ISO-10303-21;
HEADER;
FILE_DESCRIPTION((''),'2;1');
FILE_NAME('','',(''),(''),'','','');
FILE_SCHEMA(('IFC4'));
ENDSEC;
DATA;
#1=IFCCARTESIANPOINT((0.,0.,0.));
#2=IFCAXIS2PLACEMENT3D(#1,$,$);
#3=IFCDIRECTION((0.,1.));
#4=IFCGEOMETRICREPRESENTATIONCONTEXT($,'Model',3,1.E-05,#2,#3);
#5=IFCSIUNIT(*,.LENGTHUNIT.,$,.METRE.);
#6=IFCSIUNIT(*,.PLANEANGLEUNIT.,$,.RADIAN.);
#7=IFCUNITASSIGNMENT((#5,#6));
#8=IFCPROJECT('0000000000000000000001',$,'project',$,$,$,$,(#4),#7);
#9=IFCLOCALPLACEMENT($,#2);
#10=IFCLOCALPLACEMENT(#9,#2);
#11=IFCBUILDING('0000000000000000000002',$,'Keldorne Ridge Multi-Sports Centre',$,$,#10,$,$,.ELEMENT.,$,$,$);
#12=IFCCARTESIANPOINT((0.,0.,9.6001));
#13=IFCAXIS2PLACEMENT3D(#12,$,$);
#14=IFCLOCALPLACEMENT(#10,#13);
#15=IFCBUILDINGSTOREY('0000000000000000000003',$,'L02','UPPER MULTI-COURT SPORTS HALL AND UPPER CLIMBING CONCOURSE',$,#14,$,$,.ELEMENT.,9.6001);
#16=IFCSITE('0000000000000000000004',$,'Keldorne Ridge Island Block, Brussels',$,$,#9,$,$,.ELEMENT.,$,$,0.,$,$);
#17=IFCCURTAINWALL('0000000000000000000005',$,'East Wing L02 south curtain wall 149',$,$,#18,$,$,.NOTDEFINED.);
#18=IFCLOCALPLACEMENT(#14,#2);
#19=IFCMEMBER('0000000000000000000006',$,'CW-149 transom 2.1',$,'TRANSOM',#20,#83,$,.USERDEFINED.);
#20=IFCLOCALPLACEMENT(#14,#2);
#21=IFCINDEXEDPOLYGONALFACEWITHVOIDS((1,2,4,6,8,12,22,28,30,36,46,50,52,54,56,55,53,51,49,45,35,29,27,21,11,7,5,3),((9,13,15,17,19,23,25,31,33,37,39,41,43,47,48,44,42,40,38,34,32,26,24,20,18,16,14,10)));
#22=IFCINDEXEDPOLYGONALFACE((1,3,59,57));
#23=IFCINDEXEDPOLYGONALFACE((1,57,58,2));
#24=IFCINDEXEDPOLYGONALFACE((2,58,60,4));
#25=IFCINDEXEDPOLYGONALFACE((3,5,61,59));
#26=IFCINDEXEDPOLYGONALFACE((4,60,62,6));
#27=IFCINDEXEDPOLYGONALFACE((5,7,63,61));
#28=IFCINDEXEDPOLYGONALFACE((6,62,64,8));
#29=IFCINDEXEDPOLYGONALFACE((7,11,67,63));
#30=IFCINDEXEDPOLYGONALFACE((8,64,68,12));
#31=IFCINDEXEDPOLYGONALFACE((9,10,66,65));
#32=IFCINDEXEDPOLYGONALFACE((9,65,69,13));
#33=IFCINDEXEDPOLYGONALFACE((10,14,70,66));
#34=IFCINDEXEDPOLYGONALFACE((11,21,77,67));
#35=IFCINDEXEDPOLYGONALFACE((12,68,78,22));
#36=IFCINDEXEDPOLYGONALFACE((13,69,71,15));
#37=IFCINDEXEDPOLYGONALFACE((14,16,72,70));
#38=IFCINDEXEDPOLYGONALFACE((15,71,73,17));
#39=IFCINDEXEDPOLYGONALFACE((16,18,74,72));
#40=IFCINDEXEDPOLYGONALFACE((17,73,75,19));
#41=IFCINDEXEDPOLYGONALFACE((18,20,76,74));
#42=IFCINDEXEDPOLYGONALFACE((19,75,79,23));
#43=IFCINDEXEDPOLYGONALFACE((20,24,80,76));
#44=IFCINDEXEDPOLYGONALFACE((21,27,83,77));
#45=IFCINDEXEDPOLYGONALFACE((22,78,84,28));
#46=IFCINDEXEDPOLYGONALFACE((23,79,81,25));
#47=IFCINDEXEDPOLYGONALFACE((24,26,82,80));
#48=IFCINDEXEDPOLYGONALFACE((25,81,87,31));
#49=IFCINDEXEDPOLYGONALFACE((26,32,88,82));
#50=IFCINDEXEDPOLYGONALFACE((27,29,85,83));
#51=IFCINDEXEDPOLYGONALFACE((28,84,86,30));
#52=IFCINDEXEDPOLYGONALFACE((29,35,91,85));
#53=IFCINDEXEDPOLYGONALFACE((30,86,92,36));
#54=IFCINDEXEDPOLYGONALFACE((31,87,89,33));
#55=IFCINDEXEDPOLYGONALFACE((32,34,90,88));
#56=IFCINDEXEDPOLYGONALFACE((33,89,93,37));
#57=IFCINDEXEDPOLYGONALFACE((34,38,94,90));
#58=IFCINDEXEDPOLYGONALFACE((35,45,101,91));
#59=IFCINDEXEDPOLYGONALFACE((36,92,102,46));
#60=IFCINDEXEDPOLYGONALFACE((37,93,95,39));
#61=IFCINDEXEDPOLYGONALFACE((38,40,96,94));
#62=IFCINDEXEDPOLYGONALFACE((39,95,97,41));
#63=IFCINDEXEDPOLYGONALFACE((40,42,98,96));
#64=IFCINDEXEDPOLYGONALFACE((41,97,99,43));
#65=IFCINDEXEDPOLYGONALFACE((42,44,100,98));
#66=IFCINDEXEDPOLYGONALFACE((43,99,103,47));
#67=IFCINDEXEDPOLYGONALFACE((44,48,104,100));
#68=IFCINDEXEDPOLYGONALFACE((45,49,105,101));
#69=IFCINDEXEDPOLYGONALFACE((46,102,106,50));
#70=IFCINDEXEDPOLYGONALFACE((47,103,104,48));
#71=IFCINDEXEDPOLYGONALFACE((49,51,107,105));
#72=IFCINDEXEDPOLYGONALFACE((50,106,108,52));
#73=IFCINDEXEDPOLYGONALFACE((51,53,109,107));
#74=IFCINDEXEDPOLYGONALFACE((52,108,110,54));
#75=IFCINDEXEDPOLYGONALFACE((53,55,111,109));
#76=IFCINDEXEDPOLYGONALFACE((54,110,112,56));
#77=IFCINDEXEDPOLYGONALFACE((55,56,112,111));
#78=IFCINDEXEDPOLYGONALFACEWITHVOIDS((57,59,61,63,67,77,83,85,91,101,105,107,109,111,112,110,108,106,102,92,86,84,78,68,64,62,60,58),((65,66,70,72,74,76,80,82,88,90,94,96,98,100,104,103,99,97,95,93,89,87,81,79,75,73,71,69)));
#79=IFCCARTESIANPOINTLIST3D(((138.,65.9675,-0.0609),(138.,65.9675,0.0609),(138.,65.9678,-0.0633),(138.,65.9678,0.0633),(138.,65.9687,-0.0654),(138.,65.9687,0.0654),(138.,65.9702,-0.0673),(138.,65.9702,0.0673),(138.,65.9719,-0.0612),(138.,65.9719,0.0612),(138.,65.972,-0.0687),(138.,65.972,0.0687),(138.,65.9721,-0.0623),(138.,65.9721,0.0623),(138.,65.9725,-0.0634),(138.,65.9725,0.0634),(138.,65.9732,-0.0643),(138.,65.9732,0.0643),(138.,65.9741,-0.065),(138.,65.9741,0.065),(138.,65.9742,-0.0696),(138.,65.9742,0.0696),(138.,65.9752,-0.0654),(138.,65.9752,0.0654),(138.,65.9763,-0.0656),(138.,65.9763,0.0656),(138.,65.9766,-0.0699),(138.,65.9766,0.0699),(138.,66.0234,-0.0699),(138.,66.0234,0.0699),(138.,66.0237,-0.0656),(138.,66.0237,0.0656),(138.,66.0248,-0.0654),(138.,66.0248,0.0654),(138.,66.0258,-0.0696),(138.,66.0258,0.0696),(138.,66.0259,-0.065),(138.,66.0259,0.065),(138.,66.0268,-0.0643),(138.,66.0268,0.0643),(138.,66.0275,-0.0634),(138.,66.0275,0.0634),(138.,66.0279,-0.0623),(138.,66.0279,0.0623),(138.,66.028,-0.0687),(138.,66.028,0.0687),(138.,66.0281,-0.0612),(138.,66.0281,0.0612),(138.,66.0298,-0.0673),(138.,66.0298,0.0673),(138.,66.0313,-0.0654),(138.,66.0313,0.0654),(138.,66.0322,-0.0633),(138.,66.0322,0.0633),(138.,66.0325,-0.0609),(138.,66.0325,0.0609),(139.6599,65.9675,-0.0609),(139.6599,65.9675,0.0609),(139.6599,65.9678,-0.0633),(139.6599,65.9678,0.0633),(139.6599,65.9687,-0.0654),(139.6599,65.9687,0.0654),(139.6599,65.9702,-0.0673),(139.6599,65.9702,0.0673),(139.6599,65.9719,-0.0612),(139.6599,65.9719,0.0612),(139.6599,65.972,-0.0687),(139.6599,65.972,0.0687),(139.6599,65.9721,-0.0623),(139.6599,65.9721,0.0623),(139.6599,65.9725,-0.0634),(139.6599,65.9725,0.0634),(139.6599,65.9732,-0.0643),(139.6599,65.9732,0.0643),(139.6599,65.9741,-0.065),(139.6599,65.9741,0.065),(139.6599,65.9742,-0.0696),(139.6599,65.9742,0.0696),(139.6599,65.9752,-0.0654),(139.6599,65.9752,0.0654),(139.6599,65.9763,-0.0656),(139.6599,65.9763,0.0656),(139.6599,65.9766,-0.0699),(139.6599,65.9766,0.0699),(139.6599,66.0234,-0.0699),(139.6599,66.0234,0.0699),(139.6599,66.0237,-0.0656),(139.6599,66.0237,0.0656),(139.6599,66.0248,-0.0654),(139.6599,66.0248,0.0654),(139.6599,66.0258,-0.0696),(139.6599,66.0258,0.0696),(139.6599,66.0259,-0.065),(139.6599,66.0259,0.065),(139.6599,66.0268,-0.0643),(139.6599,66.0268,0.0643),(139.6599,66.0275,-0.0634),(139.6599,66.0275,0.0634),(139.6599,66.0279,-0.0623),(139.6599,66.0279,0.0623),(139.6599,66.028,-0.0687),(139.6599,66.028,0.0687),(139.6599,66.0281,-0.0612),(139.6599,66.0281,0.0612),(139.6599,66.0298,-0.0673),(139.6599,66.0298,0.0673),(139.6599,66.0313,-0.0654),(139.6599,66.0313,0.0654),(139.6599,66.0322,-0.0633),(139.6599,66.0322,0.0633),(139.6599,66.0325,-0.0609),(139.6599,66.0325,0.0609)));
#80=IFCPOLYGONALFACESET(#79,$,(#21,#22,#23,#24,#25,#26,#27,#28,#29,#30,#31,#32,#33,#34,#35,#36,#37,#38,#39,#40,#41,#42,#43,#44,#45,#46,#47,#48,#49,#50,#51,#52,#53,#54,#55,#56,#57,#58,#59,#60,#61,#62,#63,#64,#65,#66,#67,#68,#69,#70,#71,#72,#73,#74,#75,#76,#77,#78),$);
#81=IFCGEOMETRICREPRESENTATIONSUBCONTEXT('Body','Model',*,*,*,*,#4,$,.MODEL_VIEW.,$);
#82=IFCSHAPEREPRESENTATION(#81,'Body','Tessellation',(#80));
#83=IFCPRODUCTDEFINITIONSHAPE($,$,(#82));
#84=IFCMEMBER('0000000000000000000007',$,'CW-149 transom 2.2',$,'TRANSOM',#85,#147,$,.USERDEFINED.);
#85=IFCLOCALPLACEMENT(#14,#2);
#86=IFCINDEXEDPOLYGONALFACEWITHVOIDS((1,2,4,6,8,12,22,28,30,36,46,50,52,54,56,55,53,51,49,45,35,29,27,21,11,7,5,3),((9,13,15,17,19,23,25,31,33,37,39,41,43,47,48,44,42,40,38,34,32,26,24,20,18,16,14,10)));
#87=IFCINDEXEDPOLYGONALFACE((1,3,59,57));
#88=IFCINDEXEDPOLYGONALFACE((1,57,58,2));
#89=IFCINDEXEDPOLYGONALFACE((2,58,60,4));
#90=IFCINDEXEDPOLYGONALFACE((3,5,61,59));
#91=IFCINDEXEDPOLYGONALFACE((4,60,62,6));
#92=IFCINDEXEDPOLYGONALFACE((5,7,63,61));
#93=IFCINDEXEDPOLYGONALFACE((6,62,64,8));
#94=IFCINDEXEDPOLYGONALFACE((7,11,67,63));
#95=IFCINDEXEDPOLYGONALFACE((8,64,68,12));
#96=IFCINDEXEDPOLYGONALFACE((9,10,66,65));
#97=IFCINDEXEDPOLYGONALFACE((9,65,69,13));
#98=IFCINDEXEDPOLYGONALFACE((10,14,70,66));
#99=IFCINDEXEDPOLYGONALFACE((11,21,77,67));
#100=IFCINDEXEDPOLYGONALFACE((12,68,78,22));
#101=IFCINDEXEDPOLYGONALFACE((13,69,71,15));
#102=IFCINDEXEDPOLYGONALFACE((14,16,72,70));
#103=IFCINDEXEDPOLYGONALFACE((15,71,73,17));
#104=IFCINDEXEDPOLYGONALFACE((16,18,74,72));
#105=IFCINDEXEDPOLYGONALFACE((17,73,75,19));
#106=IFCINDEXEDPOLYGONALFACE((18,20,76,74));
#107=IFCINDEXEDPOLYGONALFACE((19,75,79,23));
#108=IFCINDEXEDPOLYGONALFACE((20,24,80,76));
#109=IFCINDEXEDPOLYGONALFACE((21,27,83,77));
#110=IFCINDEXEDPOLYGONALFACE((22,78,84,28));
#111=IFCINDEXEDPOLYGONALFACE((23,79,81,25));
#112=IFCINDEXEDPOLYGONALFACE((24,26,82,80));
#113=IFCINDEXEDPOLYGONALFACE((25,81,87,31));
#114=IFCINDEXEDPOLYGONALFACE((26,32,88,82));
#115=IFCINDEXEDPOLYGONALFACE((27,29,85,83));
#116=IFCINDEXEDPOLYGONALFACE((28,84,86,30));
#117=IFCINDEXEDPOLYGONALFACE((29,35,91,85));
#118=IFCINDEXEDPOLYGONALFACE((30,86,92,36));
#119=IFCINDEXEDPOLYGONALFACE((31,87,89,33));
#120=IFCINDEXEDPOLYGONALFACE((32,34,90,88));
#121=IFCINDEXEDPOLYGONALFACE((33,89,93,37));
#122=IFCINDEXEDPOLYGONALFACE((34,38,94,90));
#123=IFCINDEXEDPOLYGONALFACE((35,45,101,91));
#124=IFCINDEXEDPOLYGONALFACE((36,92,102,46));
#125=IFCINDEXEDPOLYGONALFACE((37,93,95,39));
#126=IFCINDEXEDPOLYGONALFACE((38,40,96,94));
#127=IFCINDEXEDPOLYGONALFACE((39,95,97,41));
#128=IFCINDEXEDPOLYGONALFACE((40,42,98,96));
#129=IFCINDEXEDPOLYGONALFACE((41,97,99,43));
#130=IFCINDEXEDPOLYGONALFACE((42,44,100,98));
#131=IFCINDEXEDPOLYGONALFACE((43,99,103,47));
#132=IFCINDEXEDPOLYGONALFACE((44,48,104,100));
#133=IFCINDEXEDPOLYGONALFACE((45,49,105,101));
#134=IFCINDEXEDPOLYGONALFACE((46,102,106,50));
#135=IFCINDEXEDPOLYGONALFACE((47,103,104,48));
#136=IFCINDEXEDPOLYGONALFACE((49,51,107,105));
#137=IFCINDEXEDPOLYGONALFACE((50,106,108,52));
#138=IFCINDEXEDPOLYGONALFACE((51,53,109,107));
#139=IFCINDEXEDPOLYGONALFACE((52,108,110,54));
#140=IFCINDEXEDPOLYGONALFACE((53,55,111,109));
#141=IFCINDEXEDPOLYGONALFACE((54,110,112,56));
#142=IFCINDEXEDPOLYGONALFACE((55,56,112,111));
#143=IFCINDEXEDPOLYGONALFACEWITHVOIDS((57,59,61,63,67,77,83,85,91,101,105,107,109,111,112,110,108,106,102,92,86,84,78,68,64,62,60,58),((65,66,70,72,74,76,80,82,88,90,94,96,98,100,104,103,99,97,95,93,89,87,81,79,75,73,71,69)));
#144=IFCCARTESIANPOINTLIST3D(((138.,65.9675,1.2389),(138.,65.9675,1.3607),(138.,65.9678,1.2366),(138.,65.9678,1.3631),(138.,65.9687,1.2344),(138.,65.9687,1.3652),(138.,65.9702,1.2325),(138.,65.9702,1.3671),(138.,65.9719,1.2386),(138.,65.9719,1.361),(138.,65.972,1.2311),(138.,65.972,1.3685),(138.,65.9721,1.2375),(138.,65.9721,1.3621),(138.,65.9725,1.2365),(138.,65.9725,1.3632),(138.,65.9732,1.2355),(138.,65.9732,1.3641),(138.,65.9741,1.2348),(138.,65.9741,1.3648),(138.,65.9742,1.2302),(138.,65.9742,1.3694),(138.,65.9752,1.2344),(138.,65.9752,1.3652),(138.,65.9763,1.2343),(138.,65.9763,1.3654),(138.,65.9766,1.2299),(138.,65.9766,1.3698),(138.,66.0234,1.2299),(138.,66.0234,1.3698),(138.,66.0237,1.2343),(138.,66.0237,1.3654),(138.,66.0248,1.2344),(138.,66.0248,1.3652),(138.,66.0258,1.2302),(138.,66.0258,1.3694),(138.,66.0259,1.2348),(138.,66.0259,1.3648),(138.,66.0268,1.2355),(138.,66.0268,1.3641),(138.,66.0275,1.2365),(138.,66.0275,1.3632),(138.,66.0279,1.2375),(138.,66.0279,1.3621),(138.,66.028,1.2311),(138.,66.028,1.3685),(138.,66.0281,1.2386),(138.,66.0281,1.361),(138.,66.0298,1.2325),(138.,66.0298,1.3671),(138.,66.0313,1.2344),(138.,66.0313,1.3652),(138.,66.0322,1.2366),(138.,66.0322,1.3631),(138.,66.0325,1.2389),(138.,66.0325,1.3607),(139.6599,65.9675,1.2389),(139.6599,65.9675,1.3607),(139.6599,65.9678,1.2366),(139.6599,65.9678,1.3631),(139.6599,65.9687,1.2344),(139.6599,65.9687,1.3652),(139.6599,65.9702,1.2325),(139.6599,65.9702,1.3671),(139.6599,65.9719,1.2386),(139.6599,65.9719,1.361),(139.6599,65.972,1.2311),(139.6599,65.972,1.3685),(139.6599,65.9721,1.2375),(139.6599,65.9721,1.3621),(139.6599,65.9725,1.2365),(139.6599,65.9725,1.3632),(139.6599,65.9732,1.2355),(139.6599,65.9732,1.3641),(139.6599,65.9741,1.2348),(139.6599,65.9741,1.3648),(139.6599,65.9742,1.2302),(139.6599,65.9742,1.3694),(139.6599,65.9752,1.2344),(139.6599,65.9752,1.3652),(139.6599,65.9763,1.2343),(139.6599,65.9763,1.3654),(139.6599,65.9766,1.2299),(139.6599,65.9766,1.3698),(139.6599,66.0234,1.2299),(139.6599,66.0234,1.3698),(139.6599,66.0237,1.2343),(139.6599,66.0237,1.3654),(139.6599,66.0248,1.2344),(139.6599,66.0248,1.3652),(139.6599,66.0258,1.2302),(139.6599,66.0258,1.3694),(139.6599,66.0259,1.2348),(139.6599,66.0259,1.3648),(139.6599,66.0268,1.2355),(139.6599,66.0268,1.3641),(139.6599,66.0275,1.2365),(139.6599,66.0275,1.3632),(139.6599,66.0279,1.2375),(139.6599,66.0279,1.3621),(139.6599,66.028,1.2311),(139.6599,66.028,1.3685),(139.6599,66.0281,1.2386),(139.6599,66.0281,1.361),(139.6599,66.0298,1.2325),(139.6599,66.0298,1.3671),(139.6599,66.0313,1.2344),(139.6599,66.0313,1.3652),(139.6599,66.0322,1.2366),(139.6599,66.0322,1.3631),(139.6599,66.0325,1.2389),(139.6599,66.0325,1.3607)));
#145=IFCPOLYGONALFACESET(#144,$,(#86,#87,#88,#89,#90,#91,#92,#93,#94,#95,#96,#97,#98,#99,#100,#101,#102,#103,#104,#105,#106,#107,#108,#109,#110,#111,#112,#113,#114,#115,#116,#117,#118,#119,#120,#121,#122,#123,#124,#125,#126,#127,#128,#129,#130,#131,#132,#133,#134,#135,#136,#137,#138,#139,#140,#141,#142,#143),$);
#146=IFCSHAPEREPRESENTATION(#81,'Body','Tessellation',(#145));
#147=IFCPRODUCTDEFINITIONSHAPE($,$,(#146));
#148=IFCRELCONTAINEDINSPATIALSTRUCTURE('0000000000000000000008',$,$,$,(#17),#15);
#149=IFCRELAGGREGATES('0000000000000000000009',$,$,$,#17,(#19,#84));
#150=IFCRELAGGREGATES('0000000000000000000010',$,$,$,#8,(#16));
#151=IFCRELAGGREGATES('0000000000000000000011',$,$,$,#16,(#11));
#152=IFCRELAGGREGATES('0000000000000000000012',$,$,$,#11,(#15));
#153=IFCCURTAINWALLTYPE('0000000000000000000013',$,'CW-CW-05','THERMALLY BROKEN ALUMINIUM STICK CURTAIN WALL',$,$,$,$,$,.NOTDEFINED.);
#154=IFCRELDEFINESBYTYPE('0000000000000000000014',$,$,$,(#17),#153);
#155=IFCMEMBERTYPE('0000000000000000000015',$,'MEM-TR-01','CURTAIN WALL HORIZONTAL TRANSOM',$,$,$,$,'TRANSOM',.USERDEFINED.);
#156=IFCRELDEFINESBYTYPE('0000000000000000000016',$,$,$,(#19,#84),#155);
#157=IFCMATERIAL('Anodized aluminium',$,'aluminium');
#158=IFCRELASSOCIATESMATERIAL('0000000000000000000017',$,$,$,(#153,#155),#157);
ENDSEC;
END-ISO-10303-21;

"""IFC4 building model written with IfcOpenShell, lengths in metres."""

from ifc_helpers import new_model, si_unit, direction, frame, origin, origin_2d, place, context, subcontext, project, spatial, hollow_rectangle, extrude, material, material_profile, profile_set, type_object, element, aggregate, save


model = new_model("IFC4")

# Units and contexts
model_context = context("Model", 3, precision=1e-05, world=origin(), true_north=direction((0.0, 1.0)))
body_context = subcontext(model_context, "Body", "Model", "MODEL_VIEW")
ifc_project = project(units=[si_unit("LENGTHUNIT", "METRE"), si_unit("PLANEANGLEUNIT", "RADIAN")], contexts=[model_context])

# Site, building, storey
site_placement = place(None, origin())
site = spatial("IfcSite", under=ifc_project, at=site_placement, Name="Keldorne Ridge Island Block, Brussels", CompositionType="ELEMENT", RefElevation=0.0)
building_placement = place(site_placement, origin())
building = spatial("IfcBuilding", under=site, at=building_placement, Name="Keldorne Ridge Multi-Sports Centre", CompositionType="ELEMENT")
storey_placement = place(building_placement, frame((0.0, 0.0, 9.6001)))
storey = spatial("IfcBuildingStorey", under=building, at=storey_placement, Name="L02", Description="UPPER MULTI-COURT SPORTS HALL AND UPPER CLIMBING CONCOURSE", CompositionType="ELEMENT", Elevation=9.6001)

# Curtain wall
ifc_material_1 = material(Name="Anodized aluminium", Category="aluminium")
curtain_wall_type_1 = type_object("IfcCurtainWallType", Name="CW-CW-05", Description="THERMALLY BROKEN ALUMINIUM STICK CURTAIN WALL", PredefinedType="NOTDEFINED", material=ifc_material_1)
curtain_wall_1_placement = place(storey_placement, origin())
curtain_wall_1 = element("IfcCurtainWall", 1, at=curtain_wall_1_placement, inside=storey, type_object=curtain_wall_type_1, Name="East Wing L02 south curtain wall 149", PredefinedType="NOTDEFINED")

# Shared definitions
ifc_material_profile_1 = material_profile(ifc_material_1, hollow_rectangle(XDim=0.0649, YDim=0.1399, WallThickness=0.0044, InnerFilletRadius=0.0044, OuterFilletRadius=0.009, at=origin_2d()), Name="ALU TRANSOM 140x65x4.5")
ifc_profile_set_1 = profile_set([ifc_material_profile_1], Name="Anodized aluminium")
member_type_1 = type_object("IfcMemberType", Name="MEM-TR-01", Description="CURTAIN WALL HORIZONTAL TRANSOM", ElementType="TRANSOM", PredefinedType="USERDEFINED", material=ifc_profile_set_1)

# Members
member_1_placement = place(storey_placement, frame((138.0, 66.0, 0.0), z_axis=(1.0, 0.0, 0.0), x_axis=(0.0, 1.0, 0.0)))
member_1 = element("IfcMember", 2, at=member_1_placement, type_object=member_type_1, Name="CW-149 transom 2.1", ObjectType="TRANSOM", PredefinedType="USERDEFINED", context=body_context, shape_type="SweptSolid", body=[
    extrude(hollow_rectangle(XDim=0.0649, YDim=0.1399, WallThickness=0.0044, InnerFilletRadius=0.0044, OuterFilletRadius=0.009, at=origin_2d()), origin(), (0.0, 0.0, 1.0), 1.6599),
])
member_2_placement = place(storey_placement, frame((138.0, 66.0, 1.2998), z_axis=(1.0, 0.0, 0.0), x_axis=(0.0, 1.0, 0.0)))
member_2 = element("IfcMember", 3, at=member_2_placement, type_object=member_type_1, Name="CW-149 transom 2.2", ObjectType="TRANSOM", PredefinedType="USERDEFINED", context=body_context, shape_type="SweptSolid", body=[
    extrude(hollow_rectangle(XDim=0.0649, YDim=0.1399, WallThickness=0.0044, InnerFilletRadius=0.0044, OuterFilletRadius=0.009, at=origin_2d()), origin(), (0.0, 0.0, 1.0), 1.6599),
])

aggregate(curtain_wall_1, [member_1, member_2])

save(model, "model.ifc")
